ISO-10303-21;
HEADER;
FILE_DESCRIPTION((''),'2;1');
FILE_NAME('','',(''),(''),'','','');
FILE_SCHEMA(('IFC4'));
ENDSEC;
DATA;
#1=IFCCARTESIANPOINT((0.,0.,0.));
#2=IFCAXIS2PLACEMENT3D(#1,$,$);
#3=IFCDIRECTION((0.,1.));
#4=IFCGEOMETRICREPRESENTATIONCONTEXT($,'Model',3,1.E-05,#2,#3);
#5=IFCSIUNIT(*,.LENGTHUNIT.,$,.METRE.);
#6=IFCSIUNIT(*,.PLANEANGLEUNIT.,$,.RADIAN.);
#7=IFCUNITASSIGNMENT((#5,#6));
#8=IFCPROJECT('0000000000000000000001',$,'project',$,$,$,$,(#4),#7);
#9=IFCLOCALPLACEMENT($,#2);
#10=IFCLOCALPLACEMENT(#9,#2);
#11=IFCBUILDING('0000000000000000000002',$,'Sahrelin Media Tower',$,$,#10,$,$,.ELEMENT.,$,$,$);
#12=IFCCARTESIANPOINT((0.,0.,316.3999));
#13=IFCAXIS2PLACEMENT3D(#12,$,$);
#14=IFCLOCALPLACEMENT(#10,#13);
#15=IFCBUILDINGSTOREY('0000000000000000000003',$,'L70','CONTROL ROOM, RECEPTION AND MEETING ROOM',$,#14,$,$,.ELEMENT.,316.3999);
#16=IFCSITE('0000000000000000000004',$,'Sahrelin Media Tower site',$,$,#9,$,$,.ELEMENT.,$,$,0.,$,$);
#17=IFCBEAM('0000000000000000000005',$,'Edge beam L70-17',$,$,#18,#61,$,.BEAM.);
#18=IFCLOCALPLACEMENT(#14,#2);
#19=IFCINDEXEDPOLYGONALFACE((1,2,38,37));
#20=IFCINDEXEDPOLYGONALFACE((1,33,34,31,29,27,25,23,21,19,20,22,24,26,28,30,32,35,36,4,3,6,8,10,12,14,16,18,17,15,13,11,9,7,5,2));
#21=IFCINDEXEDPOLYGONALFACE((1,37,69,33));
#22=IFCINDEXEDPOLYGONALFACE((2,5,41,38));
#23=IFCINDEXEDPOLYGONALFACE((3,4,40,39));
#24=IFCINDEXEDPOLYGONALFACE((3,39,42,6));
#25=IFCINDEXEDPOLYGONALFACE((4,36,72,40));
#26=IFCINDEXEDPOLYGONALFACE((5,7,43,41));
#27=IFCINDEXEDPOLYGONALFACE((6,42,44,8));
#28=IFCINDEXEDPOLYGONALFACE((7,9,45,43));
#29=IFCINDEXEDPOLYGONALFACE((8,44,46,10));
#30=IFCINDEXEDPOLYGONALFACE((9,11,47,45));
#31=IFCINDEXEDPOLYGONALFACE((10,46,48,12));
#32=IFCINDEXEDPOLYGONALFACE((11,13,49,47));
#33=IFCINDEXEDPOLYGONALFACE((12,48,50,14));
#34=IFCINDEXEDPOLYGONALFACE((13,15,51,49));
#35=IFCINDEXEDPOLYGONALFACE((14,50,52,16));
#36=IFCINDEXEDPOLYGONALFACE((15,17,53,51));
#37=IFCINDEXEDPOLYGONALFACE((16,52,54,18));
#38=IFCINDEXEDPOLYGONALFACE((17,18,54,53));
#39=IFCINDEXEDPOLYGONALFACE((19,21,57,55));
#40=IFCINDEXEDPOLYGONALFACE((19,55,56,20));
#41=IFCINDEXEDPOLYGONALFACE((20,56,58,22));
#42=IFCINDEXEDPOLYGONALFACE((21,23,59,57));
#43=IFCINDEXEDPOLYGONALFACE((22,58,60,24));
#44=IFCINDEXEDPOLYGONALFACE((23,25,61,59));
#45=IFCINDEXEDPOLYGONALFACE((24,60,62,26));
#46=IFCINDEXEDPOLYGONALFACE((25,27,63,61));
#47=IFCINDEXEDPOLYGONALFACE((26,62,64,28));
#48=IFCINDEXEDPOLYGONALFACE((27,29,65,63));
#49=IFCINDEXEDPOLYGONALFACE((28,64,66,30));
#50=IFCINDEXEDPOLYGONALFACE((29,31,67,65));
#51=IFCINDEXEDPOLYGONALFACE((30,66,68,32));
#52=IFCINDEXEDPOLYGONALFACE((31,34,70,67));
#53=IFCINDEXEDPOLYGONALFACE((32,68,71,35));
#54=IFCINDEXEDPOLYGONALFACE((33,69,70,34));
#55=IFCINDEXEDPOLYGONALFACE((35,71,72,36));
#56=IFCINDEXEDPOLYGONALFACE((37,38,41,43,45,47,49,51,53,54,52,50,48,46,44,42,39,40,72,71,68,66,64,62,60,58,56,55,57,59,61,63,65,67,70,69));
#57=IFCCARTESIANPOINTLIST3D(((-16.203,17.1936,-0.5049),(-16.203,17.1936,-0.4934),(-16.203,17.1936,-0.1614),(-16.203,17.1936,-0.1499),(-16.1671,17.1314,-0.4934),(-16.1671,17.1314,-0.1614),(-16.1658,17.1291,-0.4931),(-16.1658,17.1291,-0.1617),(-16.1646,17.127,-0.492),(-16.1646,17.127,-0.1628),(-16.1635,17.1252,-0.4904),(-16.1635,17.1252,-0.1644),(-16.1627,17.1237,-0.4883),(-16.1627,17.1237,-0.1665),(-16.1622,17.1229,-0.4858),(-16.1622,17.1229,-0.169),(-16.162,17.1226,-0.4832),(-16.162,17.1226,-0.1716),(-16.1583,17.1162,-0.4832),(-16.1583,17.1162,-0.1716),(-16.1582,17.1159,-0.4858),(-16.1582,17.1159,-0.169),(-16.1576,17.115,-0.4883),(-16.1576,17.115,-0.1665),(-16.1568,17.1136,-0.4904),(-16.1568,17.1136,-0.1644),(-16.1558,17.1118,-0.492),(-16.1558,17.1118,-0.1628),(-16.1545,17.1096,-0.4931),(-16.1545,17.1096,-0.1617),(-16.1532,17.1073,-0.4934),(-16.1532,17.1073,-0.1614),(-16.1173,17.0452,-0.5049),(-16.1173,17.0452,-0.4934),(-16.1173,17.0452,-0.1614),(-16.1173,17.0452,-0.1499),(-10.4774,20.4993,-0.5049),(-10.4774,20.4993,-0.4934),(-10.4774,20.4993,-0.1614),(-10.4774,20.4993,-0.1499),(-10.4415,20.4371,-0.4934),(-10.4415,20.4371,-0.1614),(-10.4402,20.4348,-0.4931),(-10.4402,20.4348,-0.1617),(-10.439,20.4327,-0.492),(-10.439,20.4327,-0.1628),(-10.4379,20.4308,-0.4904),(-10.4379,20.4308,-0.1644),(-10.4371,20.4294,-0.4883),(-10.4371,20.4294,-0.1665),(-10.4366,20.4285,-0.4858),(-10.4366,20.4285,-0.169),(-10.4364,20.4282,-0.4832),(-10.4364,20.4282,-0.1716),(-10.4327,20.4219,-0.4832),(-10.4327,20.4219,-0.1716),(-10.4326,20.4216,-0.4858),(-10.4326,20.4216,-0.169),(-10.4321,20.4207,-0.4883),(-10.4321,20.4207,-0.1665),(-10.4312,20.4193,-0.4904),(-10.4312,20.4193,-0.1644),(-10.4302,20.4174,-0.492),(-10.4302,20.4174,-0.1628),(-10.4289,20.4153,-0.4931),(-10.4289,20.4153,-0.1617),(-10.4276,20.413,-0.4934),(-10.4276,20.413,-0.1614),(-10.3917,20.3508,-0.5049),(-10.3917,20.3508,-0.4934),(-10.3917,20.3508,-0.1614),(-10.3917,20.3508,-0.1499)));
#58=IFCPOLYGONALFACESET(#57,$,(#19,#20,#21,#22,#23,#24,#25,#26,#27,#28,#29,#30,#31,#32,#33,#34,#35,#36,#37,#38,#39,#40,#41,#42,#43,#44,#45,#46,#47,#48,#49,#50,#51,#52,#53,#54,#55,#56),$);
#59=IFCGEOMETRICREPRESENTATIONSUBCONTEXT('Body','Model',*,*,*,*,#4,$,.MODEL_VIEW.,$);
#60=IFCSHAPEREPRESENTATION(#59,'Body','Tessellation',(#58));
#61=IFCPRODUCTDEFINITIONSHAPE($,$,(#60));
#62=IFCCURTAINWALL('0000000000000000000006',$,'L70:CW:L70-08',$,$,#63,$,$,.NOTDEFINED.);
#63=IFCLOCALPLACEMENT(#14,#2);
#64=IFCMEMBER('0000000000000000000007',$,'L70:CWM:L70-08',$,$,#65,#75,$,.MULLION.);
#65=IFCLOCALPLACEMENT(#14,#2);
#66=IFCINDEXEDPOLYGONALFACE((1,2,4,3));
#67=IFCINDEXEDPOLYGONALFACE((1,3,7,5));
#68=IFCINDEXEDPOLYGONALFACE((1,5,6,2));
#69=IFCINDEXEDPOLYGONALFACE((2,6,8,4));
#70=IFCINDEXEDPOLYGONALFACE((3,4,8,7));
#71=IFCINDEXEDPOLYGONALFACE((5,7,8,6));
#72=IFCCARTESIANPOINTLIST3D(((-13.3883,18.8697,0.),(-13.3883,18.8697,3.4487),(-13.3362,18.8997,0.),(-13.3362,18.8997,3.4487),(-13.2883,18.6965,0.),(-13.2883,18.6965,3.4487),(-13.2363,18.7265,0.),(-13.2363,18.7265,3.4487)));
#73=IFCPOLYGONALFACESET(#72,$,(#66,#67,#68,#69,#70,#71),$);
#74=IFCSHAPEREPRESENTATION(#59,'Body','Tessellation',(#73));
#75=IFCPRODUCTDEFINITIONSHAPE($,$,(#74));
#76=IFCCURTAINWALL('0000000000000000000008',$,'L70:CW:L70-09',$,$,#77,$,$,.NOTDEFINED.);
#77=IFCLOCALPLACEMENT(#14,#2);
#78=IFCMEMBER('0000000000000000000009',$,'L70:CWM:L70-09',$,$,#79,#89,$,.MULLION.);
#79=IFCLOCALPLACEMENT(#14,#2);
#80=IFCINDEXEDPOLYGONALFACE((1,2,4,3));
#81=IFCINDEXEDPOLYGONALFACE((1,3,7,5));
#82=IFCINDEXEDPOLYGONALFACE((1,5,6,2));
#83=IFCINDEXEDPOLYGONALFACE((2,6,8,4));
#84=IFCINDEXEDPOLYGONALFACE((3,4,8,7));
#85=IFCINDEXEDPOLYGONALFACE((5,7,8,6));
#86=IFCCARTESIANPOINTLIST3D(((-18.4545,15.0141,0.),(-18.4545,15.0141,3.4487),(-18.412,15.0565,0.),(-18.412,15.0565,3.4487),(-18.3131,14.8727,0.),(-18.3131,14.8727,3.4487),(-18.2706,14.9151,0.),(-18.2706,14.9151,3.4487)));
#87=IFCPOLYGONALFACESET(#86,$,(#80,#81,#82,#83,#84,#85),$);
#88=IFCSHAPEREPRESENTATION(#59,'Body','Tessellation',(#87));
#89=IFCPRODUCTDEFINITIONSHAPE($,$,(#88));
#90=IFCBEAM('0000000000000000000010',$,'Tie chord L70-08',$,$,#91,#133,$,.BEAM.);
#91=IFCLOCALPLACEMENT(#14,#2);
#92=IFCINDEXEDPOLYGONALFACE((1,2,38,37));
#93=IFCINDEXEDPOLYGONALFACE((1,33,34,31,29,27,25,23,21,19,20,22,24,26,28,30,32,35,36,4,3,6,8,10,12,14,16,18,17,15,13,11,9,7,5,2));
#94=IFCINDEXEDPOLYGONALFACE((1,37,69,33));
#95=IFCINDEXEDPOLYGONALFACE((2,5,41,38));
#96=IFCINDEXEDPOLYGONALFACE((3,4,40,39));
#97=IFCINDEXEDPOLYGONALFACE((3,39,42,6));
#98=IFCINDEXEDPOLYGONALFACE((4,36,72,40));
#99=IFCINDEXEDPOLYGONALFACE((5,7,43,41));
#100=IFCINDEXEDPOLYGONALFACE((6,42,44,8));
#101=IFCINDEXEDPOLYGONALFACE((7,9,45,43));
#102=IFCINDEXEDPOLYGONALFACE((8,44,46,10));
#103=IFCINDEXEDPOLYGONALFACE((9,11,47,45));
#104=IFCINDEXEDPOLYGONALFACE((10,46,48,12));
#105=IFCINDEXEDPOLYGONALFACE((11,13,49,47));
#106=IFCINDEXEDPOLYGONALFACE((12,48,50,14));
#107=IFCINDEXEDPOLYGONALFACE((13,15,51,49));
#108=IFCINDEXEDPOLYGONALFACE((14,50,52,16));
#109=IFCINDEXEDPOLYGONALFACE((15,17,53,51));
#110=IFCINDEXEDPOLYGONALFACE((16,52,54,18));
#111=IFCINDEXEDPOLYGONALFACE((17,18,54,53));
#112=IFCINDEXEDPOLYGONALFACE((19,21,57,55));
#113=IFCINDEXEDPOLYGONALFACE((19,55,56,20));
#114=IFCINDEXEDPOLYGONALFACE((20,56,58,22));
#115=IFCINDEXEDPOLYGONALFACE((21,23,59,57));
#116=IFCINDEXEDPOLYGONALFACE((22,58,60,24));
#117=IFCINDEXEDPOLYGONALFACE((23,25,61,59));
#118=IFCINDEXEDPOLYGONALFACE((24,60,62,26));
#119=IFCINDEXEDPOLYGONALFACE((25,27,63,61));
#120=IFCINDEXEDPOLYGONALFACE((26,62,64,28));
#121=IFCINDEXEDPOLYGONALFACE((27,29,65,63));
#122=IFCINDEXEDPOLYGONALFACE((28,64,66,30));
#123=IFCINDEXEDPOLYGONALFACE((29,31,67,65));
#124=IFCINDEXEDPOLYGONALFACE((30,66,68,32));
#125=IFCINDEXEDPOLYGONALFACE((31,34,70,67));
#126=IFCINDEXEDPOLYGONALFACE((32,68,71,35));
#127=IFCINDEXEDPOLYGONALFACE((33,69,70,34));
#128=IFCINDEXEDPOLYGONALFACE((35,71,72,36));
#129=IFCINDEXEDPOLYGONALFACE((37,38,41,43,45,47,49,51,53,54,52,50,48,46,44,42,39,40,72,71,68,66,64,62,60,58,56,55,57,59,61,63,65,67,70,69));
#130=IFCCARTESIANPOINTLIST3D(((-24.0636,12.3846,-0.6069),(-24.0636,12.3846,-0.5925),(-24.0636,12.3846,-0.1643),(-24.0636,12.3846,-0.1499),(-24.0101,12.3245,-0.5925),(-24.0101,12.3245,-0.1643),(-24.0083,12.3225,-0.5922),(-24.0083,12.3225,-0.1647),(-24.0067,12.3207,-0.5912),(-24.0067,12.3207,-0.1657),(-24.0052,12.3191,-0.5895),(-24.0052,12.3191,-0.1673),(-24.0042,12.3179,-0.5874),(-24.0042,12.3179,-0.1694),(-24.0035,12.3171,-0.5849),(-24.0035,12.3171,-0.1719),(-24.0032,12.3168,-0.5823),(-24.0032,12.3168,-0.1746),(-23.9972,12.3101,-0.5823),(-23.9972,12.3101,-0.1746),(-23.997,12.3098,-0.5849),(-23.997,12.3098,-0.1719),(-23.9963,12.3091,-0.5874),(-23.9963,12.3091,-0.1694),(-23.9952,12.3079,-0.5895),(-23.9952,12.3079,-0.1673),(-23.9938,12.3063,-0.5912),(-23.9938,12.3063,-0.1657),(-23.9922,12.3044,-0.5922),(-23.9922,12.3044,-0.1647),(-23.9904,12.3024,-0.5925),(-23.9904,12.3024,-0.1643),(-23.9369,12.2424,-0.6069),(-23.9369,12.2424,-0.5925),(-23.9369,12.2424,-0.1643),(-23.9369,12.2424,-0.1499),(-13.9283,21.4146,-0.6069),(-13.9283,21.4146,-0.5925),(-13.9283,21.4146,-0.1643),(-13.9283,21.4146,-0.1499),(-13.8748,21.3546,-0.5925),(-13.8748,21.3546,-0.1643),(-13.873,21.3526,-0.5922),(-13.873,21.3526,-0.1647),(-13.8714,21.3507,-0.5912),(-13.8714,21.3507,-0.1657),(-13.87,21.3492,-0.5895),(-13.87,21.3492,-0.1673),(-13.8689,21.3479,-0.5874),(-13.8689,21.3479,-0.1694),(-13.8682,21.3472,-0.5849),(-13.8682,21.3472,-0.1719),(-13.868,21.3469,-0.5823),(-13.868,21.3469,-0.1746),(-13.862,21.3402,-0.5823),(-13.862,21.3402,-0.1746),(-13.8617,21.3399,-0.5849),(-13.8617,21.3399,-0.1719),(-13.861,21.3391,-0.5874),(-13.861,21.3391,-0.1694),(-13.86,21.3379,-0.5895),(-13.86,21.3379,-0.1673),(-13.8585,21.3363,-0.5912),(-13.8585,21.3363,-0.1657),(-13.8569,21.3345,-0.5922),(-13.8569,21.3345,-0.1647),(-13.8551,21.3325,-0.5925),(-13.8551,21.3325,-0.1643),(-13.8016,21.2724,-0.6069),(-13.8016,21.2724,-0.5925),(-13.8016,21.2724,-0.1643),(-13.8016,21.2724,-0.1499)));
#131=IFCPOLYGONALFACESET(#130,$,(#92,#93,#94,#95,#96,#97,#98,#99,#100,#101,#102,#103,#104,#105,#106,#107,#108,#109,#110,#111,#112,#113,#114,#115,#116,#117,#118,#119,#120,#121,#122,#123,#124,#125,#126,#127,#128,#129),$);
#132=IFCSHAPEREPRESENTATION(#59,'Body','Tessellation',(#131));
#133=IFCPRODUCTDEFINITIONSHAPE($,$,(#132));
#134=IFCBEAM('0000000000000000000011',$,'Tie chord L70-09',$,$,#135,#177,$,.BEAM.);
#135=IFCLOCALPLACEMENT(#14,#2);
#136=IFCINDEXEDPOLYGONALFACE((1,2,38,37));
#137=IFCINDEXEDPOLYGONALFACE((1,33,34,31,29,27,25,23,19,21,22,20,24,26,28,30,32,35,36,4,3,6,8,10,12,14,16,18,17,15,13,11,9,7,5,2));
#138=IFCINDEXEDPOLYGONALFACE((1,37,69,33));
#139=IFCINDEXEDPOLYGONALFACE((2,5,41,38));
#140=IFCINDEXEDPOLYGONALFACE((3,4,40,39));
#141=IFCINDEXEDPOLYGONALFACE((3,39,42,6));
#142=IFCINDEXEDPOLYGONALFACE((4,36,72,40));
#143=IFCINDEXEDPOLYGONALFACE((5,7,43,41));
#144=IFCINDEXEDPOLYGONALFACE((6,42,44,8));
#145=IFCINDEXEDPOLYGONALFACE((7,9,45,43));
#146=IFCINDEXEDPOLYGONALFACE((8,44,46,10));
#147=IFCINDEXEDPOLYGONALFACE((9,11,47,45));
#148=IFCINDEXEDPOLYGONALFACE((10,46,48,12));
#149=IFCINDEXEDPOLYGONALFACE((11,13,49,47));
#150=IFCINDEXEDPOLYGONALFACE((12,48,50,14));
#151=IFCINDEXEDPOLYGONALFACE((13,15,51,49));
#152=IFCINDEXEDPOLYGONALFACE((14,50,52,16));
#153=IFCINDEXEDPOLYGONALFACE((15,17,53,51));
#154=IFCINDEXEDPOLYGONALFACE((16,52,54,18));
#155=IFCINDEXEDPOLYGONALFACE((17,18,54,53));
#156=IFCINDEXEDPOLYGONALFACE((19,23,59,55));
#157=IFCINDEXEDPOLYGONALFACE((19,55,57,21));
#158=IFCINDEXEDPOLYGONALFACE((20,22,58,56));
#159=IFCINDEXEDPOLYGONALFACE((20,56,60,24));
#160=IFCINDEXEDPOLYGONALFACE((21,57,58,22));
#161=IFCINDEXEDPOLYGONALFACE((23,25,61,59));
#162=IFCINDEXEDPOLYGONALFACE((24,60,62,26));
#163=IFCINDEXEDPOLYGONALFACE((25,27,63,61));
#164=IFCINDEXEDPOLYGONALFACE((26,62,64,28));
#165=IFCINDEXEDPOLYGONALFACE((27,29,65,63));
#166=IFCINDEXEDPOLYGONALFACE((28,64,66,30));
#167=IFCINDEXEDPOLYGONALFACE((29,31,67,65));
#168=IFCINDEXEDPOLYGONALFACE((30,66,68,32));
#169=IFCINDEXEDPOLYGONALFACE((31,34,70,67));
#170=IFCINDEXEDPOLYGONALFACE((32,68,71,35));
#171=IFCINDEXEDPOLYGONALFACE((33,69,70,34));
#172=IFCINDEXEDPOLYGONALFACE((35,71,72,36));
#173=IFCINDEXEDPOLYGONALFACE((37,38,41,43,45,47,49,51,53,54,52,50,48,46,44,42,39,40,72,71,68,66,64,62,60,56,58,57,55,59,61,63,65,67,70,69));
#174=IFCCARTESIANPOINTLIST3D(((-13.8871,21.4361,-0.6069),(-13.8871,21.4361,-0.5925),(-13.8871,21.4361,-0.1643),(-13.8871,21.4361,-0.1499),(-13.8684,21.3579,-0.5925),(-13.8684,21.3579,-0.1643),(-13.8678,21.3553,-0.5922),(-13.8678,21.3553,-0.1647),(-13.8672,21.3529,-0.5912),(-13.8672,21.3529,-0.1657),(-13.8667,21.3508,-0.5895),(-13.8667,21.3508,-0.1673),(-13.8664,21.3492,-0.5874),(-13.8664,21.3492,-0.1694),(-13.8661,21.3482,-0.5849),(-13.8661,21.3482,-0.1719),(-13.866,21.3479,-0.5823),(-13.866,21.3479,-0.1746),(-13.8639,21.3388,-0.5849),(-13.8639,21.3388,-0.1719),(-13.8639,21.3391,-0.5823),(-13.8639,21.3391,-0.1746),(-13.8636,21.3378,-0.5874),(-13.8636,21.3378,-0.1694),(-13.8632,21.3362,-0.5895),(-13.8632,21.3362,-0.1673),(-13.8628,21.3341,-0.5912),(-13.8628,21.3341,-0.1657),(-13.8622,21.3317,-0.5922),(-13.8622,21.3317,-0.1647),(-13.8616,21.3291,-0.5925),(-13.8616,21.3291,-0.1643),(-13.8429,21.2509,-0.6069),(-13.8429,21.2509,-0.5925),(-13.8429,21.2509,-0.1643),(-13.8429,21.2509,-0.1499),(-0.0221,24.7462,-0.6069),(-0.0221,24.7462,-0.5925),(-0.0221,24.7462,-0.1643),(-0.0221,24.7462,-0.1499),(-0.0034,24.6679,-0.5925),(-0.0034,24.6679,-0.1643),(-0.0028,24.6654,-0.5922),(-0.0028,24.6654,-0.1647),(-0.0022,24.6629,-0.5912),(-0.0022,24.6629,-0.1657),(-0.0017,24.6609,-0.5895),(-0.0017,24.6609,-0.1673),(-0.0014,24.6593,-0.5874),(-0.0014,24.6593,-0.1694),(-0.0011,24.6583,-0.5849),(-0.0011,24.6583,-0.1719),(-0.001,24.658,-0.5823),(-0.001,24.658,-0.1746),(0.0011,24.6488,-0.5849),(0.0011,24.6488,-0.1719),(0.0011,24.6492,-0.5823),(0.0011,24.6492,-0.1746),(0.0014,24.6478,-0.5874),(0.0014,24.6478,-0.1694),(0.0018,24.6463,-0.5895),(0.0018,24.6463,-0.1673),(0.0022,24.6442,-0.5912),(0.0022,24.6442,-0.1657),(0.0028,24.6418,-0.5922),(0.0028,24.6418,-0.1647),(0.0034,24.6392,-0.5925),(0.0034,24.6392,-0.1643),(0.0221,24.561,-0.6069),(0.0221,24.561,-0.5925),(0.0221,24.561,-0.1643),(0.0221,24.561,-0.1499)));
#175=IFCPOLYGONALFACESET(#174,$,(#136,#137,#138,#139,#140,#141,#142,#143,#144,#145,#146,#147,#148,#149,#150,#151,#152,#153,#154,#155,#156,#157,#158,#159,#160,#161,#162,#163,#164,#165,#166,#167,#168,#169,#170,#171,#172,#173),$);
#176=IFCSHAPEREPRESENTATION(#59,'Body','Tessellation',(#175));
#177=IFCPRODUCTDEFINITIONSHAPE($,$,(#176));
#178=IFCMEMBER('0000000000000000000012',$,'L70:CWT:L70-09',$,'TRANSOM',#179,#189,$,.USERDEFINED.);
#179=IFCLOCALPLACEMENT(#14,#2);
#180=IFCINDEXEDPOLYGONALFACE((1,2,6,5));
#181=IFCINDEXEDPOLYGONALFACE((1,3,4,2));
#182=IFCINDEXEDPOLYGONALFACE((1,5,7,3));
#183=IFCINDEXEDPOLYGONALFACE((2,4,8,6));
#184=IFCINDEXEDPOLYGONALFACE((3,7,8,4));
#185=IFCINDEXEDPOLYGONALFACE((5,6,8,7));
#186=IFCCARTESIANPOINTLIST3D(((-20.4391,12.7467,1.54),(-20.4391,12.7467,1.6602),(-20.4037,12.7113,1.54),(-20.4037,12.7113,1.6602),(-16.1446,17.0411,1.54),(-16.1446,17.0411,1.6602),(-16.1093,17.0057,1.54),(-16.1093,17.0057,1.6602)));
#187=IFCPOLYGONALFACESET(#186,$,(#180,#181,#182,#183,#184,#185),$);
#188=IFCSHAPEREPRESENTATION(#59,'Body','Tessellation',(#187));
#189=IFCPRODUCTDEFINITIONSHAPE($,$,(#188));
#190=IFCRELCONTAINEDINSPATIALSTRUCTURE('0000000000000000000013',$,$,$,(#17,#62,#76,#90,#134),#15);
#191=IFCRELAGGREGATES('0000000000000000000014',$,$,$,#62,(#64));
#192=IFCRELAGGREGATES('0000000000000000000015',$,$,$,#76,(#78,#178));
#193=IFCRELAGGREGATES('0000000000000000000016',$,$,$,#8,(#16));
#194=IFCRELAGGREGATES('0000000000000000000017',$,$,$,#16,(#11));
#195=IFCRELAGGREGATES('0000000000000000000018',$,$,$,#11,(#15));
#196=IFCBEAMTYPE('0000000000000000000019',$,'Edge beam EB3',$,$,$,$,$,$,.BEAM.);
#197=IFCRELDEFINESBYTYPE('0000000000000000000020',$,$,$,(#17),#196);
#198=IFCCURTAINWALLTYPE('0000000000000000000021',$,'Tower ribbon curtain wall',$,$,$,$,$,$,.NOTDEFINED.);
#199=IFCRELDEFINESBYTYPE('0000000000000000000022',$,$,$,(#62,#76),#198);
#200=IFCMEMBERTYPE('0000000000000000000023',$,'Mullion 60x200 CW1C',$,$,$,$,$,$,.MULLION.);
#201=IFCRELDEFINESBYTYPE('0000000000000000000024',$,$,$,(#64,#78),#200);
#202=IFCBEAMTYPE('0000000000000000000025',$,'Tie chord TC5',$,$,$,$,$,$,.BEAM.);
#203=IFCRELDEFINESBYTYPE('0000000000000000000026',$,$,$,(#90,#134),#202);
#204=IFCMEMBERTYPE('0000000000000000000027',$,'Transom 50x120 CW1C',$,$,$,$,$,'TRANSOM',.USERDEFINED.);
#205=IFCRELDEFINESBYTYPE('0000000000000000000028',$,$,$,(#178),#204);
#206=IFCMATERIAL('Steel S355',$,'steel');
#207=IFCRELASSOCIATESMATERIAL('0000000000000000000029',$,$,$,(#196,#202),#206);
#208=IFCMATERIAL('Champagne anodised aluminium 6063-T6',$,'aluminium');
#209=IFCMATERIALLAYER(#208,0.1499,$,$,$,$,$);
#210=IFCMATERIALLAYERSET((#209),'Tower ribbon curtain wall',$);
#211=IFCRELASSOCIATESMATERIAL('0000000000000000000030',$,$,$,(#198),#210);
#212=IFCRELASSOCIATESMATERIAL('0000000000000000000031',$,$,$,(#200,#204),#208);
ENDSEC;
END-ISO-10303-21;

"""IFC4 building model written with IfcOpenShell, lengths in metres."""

from ifc_helpers import new_model, si_unit, direction, frame, origin, origin_2d, place, context, subcontext, project, spatial, rectangle, i_section, extrude, material, layer, layer_set, material_profile, profile_set, type_object, element, aggregate, save


model = new_model("IFC4")

# Units and contexts
model_context = context("Model", 3, precision=1e-05, world=origin(), true_north=direction((0.0, 1.0)))
body_context = subcontext(model_context, "Body", "Model", "MODEL_VIEW")
ifc_project = project(units=[si_unit("LENGTHUNIT", "METRE"), si_unit("PLANEANGLEUNIT", "RADIAN")], contexts=[model_context])

# Site, building, storey
site_placement = place(None, origin())
site = spatial("IfcSite", under=ifc_project, at=site_placement, Name="Sahrelin Media Tower site", CompositionType="ELEMENT", RefElevation=0.0)
building_placement = place(site_placement, origin())
building = spatial("IfcBuilding", under=site, at=building_placement, Name="Sahrelin Media Tower", CompositionType="ELEMENT")
storey_placement = place(building_placement, frame((0.0, 0.0, 316.3999)))
storey = spatial("IfcBuildingStorey", under=building, at=storey_placement, Name="L70", Description="CONTROL ROOM, RECEPTION AND MEETING ROOM", CompositionType="ELEMENT", Elevation=316.3999)

# Beam
ifc_material_1 = material(Name="Steel S355", Category="steel")
ifc_material_profile_1 = material_profile(ifc_material_1, i_section(OverallWidth=0.1714, OverallDepth=0.355, WebThickness=0.0073, FlangeThickness=0.0115, FilletRadius=0.0103, at=origin_2d()), Name="UB 356x171x51")
ifc_profile_set_1 = profile_set([ifc_material_profile_1], Name="Steel S355")
beam_type_1 = type_object("IfcBeamType", Name="Edge beam EB3", PredefinedType="BEAM", material=ifc_profile_set_1)
beam_1_placement = place(storey_placement, frame((-16.1602, 17.1194, -0.3274), z_axis=(0.866026, 0.499999, 0.0), x_axis=(-0.499999, 0.866026, 0.0)))
element("IfcBeam", 1, at=beam_1_placement, inside=storey, type_object=beam_type_1, Name="Edge beam L70-17", PredefinedType="BEAM", context=body_context, shape_type="SweptSolid", body=[
    extrude(i_section(OverallWidth=0.1714, OverallDepth=0.355, WebThickness=0.0073, FlangeThickness=0.0115, FilletRadius=0.0103, at=origin_2d()), origin(), (0.0, 0.0, 1.0), 6.6113),
])

# Curtain walls, members
ifc_material_2 = material(Name="Champagne anodised aluminium 6063-T6", Category="aluminium")
ifc_layer_1 = layer(ifc_material_2, 0.1499)
ifc_layer_set_1 = layer_set([ifc_layer_1], Name="Tower ribbon curtain wall")
curtain_wall_type = type_object("IfcCurtainWallType", Name="Tower ribbon curtain wall", PredefinedType="NOTDEFINED", material=ifc_layer_set_1)
curtain_wall_1_placement = place(storey_placement, frame((-13.3723, 18.9021, 0.0), z_axis=(0.0, 0.0, 1.0), x_axis=(1.0, 0.0, 0.0)))
curtain_wall_1 = element("IfcCurtainWall", 2, at=curtain_wall_1_placement, inside=storey, type_object=curtain_wall_type, Name="L70:CW:L70-08", PredefinedType="NOTDEFINED")
ifc_material_profile_2 = material_profile(ifc_material_2, rectangle(XDim=0.0601, YDim=0.2, at=origin_2d()), Name="Mullion 60x200")
ifc_profile_set_2 = profile_set([ifc_material_profile_2], Name="Champagne anodised aluminium 6063-T6")
member_type_1 = type_object("IfcMemberType", Name="Mullion 60x200 CW1C", PredefinedType="MULLION", material=ifc_profile_set_2)
member_1_placement = place(storey_placement, frame((-13.3123, 18.7981, 0.0), z_axis=(0.0, 0.0, 1.0), x_axis=(-0.866024, -0.500003, 0.0)))
member_1 = element("IfcMember", 3, at=member_1_placement, type_object=member_type_1, Name="L70:CWM:L70-08", PredefinedType="MULLION", context=body_context, shape_type="SweptSolid", body=[
    extrude(rectangle(XDim=0.0601, YDim=0.2, at=origin_2d()), origin(), (0.0, 0.0, 1.0), 3.4487),
])
aggregate(curtain_wall_1, [member_1])
curtain_wall_2_placement = place(storey_placement, frame((-18.4475, 15.0496, 0.0), z_axis=(0.0, 0.0, 1.0), x_axis=(1.0, 0.0, 0.0)))
curtain_wall_2 = element("IfcCurtainWall", 4, at=curtain_wall_2_placement, inside=storey, type_object=curtain_wall_type, Name="L70:CW:L70-09", PredefinedType="NOTDEFINED")
member_2_placement = place(storey_placement, frame((-18.3625, 14.9646, 0.0), z_axis=(0.0, 0.0, 1.0), x_axis=(-0.707107, -0.707107, 0.0)))
member_2 = element("IfcMember", 5, at=member_2_placement, type_object=member_type_1, Name="L70:CWM:L70-09", PredefinedType="MULLION", context=body_context, shape_type="SweptSolid", body=[
    extrude(rectangle(XDim=0.0601, YDim=0.2, at=origin_2d()), origin(), (0.0, 0.0, 1.0), 3.4487),
])

# Beams
ifc_material_profile_3 = material_profile(ifc_material_1, i_section(OverallWidth=0.1904, OverallDepth=0.457, WebThickness=0.009, FlangeThickness=0.0144, FilletRadius=0.0103, at=origin_2d()), Name="UB 457x191x74")
ifc_profile_set_3 = profile_set([ifc_material_profile_3], Name="Steel S355")
beam_type_2 = type_object("IfcBeamType", Name="Tie chord TC5", PredefinedType="BEAM", material=ifc_profile_set_3)
beam_2_placement = place(storey_placement, frame((-24.0002, 12.3135, -0.3784), z_axis=(0.746644, 0.665224, 0.0), x_axis=(-0.665224, 0.746644, 0.0)))
element("IfcBeam", 6, at=beam_2_placement, inside=storey, type_object=beam_type_2, Name="Tie chord L70-08", PredefinedType="BEAM", context=body_context, shape_type="SweptSolid", body=[
    extrude(i_section(OverallWidth=0.1904, OverallDepth=0.457, WebThickness=0.009, FlangeThickness=0.0144, FilletRadius=0.0103, at=origin_2d()), origin(), (0.0, 0.0, 1.0), 13.5745),
])
beam_3_placement = place(storey_placement, frame((-13.865, 21.3435, -0.3784), z_axis=(0.972666, 0.232209, 0.0), x_axis=(-0.232209, 0.972666, 0.0)))
element("IfcBeam", 7, at=beam_3_placement, inside=storey, type_object=beam_type_2, Name="Tie chord L70-09", PredefinedType="BEAM", context=body_context, shape_type="SweptSolid", body=[
    extrude(i_section(OverallWidth=0.1904, OverallDepth=0.457, WebThickness=0.009, FlangeThickness=0.0144, FilletRadius=0.0103, at=origin_2d()), origin(), (0.0, 0.0, 1.0), 14.2546),
])

# Member
ifc_material_profile_4 = material_profile(ifc_material_2, rectangle(XDim=0.05, YDim=0.1201, at=origin_2d()), Name="Transom 50x120")
ifc_profile_set_4 = profile_set([ifc_material_profile_4], Name="Champagne anodised aluminium 6063-T6")
member_type_2 = type_object("IfcMemberType", Name="Transom 50x120 CW1C", ElementType="TRANSOM", PredefinedType="USERDEFINED", material=ifc_profile_set_4)
member_3_placement = place(storey_placement, frame((-16.127, 17.0234, 1.6001), z_axis=(-0.707107, -0.707107, 0.0), x_axis=(0.707107, -0.707107, 0.0)))
member_3 = element("IfcMember", 8, at=member_3_placement, type_object=member_type_2, Name="L70:CWT:L70-09", ObjectType="TRANSOM", PredefinedType="USERDEFINED", context=body_context, shape_type="SweptSolid", body=[
    extrude(rectangle(XDim=0.05, YDim=0.1201, at=origin_2d()), origin(), (0.0, 0.0, 1.0), 6.0732),
])

aggregate(curtain_wall_2, [member_2, member_3])

save(model, "model.ifc")
